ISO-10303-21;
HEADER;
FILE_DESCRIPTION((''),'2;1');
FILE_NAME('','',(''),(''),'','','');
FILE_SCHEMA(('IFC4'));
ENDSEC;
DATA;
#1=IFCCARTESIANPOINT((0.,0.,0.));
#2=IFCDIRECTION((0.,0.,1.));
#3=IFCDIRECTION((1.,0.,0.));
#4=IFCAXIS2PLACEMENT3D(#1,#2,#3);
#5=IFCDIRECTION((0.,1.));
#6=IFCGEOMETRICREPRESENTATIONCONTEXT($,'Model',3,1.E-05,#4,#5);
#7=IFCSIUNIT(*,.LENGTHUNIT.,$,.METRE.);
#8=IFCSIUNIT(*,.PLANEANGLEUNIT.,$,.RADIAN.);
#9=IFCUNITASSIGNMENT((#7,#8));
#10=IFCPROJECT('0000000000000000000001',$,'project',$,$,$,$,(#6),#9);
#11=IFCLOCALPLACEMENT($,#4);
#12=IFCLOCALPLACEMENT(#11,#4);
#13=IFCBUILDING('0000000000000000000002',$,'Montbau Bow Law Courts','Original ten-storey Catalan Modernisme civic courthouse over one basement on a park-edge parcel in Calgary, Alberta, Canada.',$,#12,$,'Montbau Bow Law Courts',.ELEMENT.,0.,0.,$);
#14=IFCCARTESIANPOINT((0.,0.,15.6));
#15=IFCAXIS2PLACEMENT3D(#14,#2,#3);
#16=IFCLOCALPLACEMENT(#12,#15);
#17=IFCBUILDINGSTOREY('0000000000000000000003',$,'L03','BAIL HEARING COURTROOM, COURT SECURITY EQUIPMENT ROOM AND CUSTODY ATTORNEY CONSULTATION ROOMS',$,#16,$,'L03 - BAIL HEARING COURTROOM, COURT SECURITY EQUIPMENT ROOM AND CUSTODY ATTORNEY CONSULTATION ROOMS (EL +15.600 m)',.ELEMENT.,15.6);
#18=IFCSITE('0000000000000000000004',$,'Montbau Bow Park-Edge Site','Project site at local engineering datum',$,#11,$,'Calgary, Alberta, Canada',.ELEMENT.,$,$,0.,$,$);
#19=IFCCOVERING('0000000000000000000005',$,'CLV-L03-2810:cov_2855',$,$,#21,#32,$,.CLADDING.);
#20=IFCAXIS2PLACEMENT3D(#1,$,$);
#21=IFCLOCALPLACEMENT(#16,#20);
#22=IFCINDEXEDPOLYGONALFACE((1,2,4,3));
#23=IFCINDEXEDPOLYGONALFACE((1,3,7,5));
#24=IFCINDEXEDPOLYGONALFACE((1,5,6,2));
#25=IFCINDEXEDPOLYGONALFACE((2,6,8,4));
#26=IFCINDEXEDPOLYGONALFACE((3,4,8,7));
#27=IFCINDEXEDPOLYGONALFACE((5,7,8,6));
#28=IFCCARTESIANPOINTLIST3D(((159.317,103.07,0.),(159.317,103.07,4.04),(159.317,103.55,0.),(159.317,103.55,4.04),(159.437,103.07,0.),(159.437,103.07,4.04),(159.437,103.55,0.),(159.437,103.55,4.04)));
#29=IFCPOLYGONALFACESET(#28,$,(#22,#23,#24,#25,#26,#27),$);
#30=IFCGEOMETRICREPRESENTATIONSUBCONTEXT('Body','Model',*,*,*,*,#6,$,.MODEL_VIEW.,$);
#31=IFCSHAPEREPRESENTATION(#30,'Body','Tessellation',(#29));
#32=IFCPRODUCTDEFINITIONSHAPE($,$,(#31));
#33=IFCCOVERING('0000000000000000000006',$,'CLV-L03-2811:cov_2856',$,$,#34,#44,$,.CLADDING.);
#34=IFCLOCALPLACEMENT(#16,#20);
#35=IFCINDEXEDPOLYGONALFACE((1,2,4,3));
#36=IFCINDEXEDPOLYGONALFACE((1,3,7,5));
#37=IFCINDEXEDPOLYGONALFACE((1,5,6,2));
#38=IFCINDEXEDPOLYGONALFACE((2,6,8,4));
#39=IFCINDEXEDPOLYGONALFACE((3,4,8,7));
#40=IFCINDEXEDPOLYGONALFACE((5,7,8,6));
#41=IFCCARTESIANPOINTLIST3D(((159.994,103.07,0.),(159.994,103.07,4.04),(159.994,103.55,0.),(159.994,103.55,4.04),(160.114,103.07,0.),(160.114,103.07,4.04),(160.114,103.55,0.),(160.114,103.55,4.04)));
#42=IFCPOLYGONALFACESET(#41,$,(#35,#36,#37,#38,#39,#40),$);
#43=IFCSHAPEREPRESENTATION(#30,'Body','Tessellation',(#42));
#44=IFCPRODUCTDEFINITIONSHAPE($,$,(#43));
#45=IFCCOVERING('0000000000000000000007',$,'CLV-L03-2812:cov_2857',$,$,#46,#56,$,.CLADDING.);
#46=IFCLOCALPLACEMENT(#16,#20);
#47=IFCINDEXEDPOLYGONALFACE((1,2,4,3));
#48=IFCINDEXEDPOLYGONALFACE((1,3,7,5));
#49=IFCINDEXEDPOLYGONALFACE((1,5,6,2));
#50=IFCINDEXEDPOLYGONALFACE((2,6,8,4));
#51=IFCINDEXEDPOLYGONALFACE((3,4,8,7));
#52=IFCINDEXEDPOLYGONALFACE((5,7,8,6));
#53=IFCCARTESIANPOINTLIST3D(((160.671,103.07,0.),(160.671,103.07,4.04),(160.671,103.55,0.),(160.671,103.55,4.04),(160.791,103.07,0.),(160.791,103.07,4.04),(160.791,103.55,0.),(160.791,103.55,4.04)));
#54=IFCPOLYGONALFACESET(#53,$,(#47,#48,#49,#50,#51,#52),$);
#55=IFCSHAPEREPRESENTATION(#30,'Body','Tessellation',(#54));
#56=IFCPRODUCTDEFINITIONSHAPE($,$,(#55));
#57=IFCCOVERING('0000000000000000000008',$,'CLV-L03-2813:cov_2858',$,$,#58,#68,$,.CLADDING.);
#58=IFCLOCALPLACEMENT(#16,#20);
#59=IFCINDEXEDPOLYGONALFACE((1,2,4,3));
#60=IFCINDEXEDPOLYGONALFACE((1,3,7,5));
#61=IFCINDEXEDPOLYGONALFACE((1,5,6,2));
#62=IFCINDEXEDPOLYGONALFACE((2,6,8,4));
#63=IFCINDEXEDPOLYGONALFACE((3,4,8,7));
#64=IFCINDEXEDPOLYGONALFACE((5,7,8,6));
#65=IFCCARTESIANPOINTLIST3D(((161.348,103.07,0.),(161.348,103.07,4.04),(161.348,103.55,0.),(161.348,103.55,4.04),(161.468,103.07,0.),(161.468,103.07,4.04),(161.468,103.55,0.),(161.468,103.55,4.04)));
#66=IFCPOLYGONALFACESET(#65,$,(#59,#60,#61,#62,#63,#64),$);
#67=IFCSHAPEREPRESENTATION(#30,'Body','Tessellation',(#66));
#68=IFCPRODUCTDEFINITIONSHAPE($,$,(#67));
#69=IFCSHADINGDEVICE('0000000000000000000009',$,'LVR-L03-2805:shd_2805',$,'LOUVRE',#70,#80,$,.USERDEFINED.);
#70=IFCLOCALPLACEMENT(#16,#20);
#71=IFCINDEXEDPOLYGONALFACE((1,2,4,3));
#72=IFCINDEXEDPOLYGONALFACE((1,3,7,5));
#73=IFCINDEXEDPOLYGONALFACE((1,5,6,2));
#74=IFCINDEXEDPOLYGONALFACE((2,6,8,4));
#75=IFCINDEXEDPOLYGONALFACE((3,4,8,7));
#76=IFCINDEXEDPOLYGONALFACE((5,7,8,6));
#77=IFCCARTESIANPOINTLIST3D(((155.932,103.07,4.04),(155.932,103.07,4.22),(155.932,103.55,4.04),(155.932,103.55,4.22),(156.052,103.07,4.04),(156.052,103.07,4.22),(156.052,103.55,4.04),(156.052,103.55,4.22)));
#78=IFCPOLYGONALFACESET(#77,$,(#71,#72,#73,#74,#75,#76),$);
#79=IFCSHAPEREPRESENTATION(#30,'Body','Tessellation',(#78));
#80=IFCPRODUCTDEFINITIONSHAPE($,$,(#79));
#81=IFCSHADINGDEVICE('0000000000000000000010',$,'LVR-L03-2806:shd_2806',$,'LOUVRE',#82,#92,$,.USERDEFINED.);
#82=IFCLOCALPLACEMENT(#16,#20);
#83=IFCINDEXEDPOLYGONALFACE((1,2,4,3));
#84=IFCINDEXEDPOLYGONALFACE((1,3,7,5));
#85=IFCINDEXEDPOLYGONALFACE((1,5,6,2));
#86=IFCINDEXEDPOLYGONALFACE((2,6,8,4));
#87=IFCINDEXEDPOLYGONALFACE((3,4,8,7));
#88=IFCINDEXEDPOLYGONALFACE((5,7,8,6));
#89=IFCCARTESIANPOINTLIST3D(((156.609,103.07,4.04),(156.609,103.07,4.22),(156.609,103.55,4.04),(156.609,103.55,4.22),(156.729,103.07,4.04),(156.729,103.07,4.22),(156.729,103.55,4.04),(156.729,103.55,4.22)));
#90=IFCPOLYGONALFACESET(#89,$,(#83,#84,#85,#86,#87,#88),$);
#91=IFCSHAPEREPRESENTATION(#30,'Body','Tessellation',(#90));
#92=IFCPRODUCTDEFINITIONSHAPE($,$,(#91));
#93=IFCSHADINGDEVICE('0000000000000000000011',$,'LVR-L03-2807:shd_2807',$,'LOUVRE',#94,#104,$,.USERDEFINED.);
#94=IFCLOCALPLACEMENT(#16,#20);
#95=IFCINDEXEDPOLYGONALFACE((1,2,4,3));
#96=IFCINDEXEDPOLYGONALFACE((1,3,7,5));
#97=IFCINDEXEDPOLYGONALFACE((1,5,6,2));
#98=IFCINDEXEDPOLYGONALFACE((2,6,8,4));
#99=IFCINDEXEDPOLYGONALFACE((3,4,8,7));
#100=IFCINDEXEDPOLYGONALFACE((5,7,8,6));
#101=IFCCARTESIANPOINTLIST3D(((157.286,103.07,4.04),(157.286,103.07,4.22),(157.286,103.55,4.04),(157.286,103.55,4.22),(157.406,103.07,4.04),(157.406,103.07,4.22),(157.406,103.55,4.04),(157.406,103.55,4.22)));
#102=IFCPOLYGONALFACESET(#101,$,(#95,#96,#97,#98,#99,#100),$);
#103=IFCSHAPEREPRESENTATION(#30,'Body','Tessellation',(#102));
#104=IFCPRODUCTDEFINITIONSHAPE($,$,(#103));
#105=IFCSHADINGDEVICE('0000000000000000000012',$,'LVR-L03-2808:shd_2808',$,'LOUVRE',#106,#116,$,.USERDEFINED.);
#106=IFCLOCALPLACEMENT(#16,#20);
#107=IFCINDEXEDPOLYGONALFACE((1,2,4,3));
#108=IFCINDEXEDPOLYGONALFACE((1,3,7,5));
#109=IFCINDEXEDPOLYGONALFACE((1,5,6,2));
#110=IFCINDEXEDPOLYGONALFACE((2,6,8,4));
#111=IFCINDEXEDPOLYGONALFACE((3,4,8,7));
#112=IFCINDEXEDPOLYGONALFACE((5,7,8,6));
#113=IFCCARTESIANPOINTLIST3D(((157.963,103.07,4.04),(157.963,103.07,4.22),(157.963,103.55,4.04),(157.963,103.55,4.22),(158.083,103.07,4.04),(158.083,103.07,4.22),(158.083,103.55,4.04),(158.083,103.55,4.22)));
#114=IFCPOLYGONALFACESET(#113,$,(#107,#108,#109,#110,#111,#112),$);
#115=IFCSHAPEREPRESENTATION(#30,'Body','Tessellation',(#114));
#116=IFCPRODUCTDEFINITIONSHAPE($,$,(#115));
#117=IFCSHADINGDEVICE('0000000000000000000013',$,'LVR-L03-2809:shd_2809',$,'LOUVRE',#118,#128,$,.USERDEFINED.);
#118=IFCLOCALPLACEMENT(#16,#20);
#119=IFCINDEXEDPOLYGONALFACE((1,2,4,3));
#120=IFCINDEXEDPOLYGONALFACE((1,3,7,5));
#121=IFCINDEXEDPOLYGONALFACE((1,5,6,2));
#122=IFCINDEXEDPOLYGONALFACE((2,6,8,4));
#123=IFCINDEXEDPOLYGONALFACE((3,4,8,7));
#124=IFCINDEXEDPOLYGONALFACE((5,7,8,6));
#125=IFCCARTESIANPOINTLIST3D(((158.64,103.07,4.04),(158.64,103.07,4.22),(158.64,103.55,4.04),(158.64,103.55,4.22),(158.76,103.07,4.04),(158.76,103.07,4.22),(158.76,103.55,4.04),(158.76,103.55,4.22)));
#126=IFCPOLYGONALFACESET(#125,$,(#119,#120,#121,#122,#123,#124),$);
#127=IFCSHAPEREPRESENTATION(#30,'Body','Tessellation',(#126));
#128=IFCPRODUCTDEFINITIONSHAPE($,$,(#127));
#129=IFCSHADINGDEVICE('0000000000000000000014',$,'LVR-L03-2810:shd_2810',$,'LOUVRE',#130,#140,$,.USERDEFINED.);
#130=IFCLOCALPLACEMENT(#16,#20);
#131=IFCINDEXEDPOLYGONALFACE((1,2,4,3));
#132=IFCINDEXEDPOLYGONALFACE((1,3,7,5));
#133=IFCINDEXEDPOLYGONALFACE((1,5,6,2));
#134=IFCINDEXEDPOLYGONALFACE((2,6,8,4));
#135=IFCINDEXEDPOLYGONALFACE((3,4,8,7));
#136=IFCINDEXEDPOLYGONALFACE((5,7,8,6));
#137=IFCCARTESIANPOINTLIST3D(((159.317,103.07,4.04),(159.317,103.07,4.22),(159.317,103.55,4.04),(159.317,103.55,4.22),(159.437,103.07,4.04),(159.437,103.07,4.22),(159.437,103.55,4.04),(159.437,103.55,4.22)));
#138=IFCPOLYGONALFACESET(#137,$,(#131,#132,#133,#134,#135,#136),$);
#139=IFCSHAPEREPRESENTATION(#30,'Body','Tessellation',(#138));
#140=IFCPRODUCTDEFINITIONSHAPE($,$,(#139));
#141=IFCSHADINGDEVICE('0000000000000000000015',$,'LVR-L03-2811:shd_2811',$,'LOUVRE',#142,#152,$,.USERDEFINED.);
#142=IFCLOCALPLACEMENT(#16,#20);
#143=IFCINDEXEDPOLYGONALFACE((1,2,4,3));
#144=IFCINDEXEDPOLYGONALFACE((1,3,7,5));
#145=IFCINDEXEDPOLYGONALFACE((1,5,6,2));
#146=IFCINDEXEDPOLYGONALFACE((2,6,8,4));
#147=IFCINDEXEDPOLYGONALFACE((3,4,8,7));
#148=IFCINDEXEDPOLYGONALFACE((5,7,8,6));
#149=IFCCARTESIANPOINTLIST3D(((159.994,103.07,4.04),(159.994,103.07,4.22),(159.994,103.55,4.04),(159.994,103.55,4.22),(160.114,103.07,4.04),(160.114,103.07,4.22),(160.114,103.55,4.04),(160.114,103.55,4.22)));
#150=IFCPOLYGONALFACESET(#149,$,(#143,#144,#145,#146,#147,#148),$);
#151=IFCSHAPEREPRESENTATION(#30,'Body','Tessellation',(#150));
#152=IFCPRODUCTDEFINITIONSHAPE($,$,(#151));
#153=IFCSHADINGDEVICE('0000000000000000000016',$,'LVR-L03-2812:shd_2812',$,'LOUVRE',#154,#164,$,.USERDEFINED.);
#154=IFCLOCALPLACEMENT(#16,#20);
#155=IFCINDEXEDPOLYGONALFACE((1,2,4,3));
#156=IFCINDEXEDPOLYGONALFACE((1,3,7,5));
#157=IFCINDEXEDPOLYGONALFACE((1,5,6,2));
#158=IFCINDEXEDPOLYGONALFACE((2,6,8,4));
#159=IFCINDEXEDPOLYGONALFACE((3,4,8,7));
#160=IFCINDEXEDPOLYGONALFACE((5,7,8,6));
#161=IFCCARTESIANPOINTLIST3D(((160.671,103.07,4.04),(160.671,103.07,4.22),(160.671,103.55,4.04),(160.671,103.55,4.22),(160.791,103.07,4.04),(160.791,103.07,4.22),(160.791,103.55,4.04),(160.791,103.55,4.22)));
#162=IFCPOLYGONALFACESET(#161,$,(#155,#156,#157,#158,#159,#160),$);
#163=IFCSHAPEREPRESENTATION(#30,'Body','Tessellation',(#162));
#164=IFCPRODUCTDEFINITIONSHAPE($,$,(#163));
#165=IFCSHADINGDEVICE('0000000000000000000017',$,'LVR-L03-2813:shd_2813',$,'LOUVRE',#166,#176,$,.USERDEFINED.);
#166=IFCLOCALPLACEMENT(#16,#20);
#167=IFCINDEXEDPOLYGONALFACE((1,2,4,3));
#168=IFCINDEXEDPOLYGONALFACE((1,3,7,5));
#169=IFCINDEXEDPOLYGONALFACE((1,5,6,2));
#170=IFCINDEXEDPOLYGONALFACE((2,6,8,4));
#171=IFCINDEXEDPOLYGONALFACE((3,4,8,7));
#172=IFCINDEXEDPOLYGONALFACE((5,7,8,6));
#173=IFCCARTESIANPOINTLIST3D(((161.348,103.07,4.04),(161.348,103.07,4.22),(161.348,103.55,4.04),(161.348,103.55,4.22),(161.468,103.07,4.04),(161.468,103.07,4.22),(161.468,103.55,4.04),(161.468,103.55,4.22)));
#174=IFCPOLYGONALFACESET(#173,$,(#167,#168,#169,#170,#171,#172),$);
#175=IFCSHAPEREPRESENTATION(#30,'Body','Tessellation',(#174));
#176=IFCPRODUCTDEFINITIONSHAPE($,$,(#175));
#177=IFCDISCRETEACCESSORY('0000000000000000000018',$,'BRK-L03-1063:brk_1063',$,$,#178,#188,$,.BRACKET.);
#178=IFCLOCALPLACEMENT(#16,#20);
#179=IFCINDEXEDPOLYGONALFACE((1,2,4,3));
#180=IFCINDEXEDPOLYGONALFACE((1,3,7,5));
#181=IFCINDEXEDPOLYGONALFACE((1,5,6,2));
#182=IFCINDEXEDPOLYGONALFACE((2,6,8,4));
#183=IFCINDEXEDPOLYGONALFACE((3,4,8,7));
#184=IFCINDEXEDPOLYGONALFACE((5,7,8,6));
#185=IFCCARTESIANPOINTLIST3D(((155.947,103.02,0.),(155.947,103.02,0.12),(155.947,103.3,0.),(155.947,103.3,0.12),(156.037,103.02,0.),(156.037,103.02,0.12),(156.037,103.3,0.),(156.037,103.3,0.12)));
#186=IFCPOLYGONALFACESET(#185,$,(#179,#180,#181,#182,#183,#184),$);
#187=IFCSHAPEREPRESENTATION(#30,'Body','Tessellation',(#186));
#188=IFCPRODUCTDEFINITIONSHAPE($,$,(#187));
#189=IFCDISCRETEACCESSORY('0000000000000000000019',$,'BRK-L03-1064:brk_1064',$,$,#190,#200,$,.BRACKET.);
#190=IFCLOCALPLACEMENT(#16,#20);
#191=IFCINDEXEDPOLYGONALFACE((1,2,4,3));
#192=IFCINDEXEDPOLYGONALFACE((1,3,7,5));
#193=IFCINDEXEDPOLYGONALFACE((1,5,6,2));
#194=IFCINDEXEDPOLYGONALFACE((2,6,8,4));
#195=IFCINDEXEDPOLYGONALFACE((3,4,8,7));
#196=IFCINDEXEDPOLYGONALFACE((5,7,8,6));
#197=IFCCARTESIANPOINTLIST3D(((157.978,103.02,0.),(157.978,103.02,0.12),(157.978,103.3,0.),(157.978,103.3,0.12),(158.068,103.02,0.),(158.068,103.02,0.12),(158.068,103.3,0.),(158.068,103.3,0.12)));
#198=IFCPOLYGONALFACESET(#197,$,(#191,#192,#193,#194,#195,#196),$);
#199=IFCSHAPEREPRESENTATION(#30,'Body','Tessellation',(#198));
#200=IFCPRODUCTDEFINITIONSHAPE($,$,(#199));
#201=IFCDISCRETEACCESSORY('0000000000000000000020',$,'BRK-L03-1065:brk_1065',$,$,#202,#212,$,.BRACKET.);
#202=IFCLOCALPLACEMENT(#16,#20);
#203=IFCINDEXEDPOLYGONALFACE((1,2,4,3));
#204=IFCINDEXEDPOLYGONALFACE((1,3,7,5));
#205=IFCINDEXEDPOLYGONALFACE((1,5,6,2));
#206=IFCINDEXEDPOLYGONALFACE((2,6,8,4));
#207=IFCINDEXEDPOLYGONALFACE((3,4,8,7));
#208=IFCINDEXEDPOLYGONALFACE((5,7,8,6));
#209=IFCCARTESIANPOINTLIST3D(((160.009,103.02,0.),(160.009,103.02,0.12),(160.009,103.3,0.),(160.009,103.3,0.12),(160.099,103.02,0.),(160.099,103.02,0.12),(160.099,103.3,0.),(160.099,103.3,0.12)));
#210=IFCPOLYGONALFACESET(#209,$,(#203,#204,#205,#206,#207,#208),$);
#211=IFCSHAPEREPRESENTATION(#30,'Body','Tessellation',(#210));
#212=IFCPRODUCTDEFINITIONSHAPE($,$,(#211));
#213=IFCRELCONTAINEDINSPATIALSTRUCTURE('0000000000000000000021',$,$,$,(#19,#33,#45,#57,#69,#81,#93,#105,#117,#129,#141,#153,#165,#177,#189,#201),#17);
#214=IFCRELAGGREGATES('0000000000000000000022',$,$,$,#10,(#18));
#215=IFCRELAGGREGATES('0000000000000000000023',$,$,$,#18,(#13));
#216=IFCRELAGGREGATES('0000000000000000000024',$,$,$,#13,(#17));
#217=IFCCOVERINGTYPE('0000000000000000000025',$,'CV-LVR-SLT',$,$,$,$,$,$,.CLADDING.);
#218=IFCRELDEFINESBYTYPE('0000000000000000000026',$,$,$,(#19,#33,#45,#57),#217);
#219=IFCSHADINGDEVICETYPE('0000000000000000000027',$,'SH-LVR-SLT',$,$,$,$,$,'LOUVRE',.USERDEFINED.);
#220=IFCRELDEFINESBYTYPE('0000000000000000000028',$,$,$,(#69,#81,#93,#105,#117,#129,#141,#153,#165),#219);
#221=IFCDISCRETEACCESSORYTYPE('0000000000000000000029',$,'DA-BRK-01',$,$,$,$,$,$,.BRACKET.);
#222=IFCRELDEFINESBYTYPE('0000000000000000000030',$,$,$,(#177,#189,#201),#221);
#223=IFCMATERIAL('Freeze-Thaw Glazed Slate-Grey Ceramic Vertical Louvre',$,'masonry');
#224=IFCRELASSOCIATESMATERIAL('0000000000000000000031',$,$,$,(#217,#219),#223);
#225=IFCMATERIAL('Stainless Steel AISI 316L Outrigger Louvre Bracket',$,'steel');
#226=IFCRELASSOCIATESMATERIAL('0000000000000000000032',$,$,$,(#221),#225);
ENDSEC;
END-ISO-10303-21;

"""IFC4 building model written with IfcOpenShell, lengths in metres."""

from ifc_helpers import new_model, si_unit, direction, frame, frame_2d, origin_with_axes, origin_2d_with_axis, place, context, subcontext, project, spatial, rectangle, extrude, material, type_object, element, save


model = new_model("IFC4")

# Units and contexts
model_context = context("Model", 3, precision=1e-05, world=origin_with_axes(), true_north=direction((0.0, 1.0)))
body_context = subcontext(model_context, "Body", "Model", "MODEL_VIEW")
ifc_project = project(units=[si_unit("LENGTHUNIT", "METRE"), si_unit("PLANEANGLEUNIT", "RADIAN")], contexts=[model_context])

# Site, building, storey
site_placement = place(None, origin_with_axes())
site = spatial("IfcSite", under=ifc_project, at=site_placement, Name="Montbau Bow Park-Edge Site", Description="Project site at local engineering datum", LongName="Calgary, Alberta, Canada", CompositionType="ELEMENT", RefElevation=0.0)
building_placement = place(site_placement, origin_with_axes())
building = spatial("IfcBuilding", under=site, at=building_placement, Name="Montbau Bow Law Courts", Description="Original ten-storey Catalan Modernisme civic courthouse over one basement on a park-edge parcel in Calgary, Alberta, Canada.", LongName="Montbau Bow Law Courts", CompositionType="ELEMENT", ElevationOfRefHeight=0.0, ElevationOfTerrain=0.0)
storey_placement = place(building_placement, frame((0.0, 0.0, 15.6), z_axis=(0.0, 0.0, 1.0), x_axis=(1.0, 0.0, 0.0)))
storey = spatial("IfcBuildingStorey", under=building, at=storey_placement, Name="L03", Description="BAIL HEARING COURTROOM, COURT SECURITY EQUIPMENT ROOM AND CUSTODY ATTORNEY CONSULTATION ROOMS", LongName="L03 - BAIL HEARING COURTROOM, COURT SECURITY EQUIPMENT ROOM AND CUSTODY ATTORNEY CONSULTATION ROOMS (EL +15.600 m)", CompositionType="ELEMENT", Elevation=15.6)

# Coverings
ifc_material_1 = material(Name="Freeze-Thaw Glazed Slate-Grey Ceramic Vertical Louvre", Category="masonry")
covering_type = type_object("IfcCoveringType", Name="CV-LVR-SLT", PredefinedType="CLADDING", material=ifc_material_1)
for number, where, z_axis, x_axis, name in (
    (1, (159.377, 103.07, 15.6), (1.0, 0.0, 0.0), (0.0, 1.0, 0.0), "CLV-L03-2810:cov_2855"),
    (2, (160.054, 103.07, 15.6), (1.0, 0.0, 0.0), (0.0, 1.0, 0.0), "CLV-L03-2811:cov_2856"),
    (3, (160.731, 103.07, 15.6), (1.0, 0.0, 0.0), (0.0, 1.0, 0.0), "CLV-L03-2812:cov_2857"),
    (4, (161.408, 103.07, 15.6), (1.0, 0.0, 0.0), (0.0, 1.0, 0.0), "CLV-L03-2813:cov_2858"),
):
    element("IfcCovering", number, at=place(None, frame(where, z_axis=z_axis, x_axis=x_axis)), inside=storey, type_object=covering_type, Name=name, PredefinedType="CLADDING", context=body_context, shape_type="SweptSolid", body=[
        extrude(rectangle(XDim=0.48, YDim=4.04, at=frame_2d((0.24, 2.02), x_axis=(1.0, 0.0))), frame((0.0, 0.0, -0.06), z_axis=(0.0, 0.0, 1.0), x_axis=(1.0, 0.0, 0.0)), (0.0, 0.0, 1.0), 0.12),
    ])

# Shading devices
shading_device_type = type_object("IfcShadingDeviceType", Name="SH-LVR-SLT", ElementType="LOUVRE", PredefinedType="USERDEFINED", material=ifc_material_1)
for number, where, z_axis, x_axis, name in (
    (5, (155.992, 103.31, 19.64), (0.0, 0.0, 1.0), (0.0, 1.0, 0.0), "LVR-L03-2805:shd_2805"),
    (6, (156.669, 103.31, 19.64), (0.0, 0.0, 1.0), (0.0, 1.0, 0.0), "LVR-L03-2806:shd_2806"),
    (7, (157.346, 103.31, 19.64), (0.0, 0.0, 1.0), (0.0, 1.0, 0.0), "LVR-L03-2807:shd_2807"),
    (8, (158.023, 103.31, 19.64), (0.0, 0.0, 1.0), (0.0, 1.0, 0.0), "LVR-L03-2808:shd_2808"),
    (9, (158.7, 103.31, 19.64), (0.0, 0.0, 1.0), (0.0, 1.0, 0.0), "LVR-L03-2809:shd_2809"),
    (10, (159.377, 103.31, 19.64), (0.0, 0.0, 1.0), (0.0, 1.0, 0.0), "LVR-L03-2810:shd_2810"),
    (11, (160.054, 103.31, 19.64), (0.0, 0.0, 1.0), (0.0, 1.0, 0.0), "LVR-L03-2811:shd_2811"),
    (12, (160.731, 103.31, 19.64), (0.0, 0.0, 1.0), (0.0, 1.0, 0.0), "LVR-L03-2812:shd_2812"),
    (13, (161.408, 103.31, 19.64), (0.0, 0.0, 1.0), (0.0, 1.0, 0.0), "LVR-L03-2813:shd_2813"),
):
    element("IfcShadingDevice", number, at=place(None, frame(where, z_axis=z_axis, x_axis=x_axis)), inside=storey, type_object=shading_device_type, Name=name, ObjectType="LOUVRE", PredefinedType="USERDEFINED", context=body_context, shape_type="SweptSolid", body=[
        extrude(rectangle(XDim=0.48, YDim=0.12, at=origin_2d_with_axis()), origin_with_axes(), (0.0, 0.0, 1.0), 0.18),
    ])

# Discrete accessories
ifc_material_2 = material(Name="Stainless Steel AISI 316L Outrigger Louvre Bracket", Category="steel")
discrete_accessory_type = type_object("IfcDiscreteAccessoryType", Name="DA-BRK-01", PredefinedType="BRACKET", material=ifc_material_2)
for number, where, z_axis, x_axis, name in (
    (14, (155.992, 103.16, 15.6), (0.0, 0.0, 1.0), (0.0, 1.0, 0.0), "BRK-L03-1063:brk_1063"),
    (15, (158.023, 103.16, 15.6), (0.0, 0.0, 1.0), (0.0, 1.0, 0.0), "BRK-L03-1064:brk_1064"),
    (16, (160.054, 103.16, 15.6), (0.0, 0.0, 1.0), (0.0, 1.0, 0.0), "BRK-L03-1065:brk_1065"),
):
    element("IfcDiscreteAccessory", number, at=place(None, frame(where, z_axis=z_axis, x_axis=x_axis)), inside=storey, type_object=discrete_accessory_type, Name=name, PredefinedType="BRACKET", context=body_context, shape_type="SweptSolid", body=[
        extrude(rectangle(XDim=0.28, YDim=0.09, at=origin_2d_with_axis()), origin_with_axes(), (0.0, 0.0, 1.0), 0.12),
    ])

save(model, "model.ifc")
